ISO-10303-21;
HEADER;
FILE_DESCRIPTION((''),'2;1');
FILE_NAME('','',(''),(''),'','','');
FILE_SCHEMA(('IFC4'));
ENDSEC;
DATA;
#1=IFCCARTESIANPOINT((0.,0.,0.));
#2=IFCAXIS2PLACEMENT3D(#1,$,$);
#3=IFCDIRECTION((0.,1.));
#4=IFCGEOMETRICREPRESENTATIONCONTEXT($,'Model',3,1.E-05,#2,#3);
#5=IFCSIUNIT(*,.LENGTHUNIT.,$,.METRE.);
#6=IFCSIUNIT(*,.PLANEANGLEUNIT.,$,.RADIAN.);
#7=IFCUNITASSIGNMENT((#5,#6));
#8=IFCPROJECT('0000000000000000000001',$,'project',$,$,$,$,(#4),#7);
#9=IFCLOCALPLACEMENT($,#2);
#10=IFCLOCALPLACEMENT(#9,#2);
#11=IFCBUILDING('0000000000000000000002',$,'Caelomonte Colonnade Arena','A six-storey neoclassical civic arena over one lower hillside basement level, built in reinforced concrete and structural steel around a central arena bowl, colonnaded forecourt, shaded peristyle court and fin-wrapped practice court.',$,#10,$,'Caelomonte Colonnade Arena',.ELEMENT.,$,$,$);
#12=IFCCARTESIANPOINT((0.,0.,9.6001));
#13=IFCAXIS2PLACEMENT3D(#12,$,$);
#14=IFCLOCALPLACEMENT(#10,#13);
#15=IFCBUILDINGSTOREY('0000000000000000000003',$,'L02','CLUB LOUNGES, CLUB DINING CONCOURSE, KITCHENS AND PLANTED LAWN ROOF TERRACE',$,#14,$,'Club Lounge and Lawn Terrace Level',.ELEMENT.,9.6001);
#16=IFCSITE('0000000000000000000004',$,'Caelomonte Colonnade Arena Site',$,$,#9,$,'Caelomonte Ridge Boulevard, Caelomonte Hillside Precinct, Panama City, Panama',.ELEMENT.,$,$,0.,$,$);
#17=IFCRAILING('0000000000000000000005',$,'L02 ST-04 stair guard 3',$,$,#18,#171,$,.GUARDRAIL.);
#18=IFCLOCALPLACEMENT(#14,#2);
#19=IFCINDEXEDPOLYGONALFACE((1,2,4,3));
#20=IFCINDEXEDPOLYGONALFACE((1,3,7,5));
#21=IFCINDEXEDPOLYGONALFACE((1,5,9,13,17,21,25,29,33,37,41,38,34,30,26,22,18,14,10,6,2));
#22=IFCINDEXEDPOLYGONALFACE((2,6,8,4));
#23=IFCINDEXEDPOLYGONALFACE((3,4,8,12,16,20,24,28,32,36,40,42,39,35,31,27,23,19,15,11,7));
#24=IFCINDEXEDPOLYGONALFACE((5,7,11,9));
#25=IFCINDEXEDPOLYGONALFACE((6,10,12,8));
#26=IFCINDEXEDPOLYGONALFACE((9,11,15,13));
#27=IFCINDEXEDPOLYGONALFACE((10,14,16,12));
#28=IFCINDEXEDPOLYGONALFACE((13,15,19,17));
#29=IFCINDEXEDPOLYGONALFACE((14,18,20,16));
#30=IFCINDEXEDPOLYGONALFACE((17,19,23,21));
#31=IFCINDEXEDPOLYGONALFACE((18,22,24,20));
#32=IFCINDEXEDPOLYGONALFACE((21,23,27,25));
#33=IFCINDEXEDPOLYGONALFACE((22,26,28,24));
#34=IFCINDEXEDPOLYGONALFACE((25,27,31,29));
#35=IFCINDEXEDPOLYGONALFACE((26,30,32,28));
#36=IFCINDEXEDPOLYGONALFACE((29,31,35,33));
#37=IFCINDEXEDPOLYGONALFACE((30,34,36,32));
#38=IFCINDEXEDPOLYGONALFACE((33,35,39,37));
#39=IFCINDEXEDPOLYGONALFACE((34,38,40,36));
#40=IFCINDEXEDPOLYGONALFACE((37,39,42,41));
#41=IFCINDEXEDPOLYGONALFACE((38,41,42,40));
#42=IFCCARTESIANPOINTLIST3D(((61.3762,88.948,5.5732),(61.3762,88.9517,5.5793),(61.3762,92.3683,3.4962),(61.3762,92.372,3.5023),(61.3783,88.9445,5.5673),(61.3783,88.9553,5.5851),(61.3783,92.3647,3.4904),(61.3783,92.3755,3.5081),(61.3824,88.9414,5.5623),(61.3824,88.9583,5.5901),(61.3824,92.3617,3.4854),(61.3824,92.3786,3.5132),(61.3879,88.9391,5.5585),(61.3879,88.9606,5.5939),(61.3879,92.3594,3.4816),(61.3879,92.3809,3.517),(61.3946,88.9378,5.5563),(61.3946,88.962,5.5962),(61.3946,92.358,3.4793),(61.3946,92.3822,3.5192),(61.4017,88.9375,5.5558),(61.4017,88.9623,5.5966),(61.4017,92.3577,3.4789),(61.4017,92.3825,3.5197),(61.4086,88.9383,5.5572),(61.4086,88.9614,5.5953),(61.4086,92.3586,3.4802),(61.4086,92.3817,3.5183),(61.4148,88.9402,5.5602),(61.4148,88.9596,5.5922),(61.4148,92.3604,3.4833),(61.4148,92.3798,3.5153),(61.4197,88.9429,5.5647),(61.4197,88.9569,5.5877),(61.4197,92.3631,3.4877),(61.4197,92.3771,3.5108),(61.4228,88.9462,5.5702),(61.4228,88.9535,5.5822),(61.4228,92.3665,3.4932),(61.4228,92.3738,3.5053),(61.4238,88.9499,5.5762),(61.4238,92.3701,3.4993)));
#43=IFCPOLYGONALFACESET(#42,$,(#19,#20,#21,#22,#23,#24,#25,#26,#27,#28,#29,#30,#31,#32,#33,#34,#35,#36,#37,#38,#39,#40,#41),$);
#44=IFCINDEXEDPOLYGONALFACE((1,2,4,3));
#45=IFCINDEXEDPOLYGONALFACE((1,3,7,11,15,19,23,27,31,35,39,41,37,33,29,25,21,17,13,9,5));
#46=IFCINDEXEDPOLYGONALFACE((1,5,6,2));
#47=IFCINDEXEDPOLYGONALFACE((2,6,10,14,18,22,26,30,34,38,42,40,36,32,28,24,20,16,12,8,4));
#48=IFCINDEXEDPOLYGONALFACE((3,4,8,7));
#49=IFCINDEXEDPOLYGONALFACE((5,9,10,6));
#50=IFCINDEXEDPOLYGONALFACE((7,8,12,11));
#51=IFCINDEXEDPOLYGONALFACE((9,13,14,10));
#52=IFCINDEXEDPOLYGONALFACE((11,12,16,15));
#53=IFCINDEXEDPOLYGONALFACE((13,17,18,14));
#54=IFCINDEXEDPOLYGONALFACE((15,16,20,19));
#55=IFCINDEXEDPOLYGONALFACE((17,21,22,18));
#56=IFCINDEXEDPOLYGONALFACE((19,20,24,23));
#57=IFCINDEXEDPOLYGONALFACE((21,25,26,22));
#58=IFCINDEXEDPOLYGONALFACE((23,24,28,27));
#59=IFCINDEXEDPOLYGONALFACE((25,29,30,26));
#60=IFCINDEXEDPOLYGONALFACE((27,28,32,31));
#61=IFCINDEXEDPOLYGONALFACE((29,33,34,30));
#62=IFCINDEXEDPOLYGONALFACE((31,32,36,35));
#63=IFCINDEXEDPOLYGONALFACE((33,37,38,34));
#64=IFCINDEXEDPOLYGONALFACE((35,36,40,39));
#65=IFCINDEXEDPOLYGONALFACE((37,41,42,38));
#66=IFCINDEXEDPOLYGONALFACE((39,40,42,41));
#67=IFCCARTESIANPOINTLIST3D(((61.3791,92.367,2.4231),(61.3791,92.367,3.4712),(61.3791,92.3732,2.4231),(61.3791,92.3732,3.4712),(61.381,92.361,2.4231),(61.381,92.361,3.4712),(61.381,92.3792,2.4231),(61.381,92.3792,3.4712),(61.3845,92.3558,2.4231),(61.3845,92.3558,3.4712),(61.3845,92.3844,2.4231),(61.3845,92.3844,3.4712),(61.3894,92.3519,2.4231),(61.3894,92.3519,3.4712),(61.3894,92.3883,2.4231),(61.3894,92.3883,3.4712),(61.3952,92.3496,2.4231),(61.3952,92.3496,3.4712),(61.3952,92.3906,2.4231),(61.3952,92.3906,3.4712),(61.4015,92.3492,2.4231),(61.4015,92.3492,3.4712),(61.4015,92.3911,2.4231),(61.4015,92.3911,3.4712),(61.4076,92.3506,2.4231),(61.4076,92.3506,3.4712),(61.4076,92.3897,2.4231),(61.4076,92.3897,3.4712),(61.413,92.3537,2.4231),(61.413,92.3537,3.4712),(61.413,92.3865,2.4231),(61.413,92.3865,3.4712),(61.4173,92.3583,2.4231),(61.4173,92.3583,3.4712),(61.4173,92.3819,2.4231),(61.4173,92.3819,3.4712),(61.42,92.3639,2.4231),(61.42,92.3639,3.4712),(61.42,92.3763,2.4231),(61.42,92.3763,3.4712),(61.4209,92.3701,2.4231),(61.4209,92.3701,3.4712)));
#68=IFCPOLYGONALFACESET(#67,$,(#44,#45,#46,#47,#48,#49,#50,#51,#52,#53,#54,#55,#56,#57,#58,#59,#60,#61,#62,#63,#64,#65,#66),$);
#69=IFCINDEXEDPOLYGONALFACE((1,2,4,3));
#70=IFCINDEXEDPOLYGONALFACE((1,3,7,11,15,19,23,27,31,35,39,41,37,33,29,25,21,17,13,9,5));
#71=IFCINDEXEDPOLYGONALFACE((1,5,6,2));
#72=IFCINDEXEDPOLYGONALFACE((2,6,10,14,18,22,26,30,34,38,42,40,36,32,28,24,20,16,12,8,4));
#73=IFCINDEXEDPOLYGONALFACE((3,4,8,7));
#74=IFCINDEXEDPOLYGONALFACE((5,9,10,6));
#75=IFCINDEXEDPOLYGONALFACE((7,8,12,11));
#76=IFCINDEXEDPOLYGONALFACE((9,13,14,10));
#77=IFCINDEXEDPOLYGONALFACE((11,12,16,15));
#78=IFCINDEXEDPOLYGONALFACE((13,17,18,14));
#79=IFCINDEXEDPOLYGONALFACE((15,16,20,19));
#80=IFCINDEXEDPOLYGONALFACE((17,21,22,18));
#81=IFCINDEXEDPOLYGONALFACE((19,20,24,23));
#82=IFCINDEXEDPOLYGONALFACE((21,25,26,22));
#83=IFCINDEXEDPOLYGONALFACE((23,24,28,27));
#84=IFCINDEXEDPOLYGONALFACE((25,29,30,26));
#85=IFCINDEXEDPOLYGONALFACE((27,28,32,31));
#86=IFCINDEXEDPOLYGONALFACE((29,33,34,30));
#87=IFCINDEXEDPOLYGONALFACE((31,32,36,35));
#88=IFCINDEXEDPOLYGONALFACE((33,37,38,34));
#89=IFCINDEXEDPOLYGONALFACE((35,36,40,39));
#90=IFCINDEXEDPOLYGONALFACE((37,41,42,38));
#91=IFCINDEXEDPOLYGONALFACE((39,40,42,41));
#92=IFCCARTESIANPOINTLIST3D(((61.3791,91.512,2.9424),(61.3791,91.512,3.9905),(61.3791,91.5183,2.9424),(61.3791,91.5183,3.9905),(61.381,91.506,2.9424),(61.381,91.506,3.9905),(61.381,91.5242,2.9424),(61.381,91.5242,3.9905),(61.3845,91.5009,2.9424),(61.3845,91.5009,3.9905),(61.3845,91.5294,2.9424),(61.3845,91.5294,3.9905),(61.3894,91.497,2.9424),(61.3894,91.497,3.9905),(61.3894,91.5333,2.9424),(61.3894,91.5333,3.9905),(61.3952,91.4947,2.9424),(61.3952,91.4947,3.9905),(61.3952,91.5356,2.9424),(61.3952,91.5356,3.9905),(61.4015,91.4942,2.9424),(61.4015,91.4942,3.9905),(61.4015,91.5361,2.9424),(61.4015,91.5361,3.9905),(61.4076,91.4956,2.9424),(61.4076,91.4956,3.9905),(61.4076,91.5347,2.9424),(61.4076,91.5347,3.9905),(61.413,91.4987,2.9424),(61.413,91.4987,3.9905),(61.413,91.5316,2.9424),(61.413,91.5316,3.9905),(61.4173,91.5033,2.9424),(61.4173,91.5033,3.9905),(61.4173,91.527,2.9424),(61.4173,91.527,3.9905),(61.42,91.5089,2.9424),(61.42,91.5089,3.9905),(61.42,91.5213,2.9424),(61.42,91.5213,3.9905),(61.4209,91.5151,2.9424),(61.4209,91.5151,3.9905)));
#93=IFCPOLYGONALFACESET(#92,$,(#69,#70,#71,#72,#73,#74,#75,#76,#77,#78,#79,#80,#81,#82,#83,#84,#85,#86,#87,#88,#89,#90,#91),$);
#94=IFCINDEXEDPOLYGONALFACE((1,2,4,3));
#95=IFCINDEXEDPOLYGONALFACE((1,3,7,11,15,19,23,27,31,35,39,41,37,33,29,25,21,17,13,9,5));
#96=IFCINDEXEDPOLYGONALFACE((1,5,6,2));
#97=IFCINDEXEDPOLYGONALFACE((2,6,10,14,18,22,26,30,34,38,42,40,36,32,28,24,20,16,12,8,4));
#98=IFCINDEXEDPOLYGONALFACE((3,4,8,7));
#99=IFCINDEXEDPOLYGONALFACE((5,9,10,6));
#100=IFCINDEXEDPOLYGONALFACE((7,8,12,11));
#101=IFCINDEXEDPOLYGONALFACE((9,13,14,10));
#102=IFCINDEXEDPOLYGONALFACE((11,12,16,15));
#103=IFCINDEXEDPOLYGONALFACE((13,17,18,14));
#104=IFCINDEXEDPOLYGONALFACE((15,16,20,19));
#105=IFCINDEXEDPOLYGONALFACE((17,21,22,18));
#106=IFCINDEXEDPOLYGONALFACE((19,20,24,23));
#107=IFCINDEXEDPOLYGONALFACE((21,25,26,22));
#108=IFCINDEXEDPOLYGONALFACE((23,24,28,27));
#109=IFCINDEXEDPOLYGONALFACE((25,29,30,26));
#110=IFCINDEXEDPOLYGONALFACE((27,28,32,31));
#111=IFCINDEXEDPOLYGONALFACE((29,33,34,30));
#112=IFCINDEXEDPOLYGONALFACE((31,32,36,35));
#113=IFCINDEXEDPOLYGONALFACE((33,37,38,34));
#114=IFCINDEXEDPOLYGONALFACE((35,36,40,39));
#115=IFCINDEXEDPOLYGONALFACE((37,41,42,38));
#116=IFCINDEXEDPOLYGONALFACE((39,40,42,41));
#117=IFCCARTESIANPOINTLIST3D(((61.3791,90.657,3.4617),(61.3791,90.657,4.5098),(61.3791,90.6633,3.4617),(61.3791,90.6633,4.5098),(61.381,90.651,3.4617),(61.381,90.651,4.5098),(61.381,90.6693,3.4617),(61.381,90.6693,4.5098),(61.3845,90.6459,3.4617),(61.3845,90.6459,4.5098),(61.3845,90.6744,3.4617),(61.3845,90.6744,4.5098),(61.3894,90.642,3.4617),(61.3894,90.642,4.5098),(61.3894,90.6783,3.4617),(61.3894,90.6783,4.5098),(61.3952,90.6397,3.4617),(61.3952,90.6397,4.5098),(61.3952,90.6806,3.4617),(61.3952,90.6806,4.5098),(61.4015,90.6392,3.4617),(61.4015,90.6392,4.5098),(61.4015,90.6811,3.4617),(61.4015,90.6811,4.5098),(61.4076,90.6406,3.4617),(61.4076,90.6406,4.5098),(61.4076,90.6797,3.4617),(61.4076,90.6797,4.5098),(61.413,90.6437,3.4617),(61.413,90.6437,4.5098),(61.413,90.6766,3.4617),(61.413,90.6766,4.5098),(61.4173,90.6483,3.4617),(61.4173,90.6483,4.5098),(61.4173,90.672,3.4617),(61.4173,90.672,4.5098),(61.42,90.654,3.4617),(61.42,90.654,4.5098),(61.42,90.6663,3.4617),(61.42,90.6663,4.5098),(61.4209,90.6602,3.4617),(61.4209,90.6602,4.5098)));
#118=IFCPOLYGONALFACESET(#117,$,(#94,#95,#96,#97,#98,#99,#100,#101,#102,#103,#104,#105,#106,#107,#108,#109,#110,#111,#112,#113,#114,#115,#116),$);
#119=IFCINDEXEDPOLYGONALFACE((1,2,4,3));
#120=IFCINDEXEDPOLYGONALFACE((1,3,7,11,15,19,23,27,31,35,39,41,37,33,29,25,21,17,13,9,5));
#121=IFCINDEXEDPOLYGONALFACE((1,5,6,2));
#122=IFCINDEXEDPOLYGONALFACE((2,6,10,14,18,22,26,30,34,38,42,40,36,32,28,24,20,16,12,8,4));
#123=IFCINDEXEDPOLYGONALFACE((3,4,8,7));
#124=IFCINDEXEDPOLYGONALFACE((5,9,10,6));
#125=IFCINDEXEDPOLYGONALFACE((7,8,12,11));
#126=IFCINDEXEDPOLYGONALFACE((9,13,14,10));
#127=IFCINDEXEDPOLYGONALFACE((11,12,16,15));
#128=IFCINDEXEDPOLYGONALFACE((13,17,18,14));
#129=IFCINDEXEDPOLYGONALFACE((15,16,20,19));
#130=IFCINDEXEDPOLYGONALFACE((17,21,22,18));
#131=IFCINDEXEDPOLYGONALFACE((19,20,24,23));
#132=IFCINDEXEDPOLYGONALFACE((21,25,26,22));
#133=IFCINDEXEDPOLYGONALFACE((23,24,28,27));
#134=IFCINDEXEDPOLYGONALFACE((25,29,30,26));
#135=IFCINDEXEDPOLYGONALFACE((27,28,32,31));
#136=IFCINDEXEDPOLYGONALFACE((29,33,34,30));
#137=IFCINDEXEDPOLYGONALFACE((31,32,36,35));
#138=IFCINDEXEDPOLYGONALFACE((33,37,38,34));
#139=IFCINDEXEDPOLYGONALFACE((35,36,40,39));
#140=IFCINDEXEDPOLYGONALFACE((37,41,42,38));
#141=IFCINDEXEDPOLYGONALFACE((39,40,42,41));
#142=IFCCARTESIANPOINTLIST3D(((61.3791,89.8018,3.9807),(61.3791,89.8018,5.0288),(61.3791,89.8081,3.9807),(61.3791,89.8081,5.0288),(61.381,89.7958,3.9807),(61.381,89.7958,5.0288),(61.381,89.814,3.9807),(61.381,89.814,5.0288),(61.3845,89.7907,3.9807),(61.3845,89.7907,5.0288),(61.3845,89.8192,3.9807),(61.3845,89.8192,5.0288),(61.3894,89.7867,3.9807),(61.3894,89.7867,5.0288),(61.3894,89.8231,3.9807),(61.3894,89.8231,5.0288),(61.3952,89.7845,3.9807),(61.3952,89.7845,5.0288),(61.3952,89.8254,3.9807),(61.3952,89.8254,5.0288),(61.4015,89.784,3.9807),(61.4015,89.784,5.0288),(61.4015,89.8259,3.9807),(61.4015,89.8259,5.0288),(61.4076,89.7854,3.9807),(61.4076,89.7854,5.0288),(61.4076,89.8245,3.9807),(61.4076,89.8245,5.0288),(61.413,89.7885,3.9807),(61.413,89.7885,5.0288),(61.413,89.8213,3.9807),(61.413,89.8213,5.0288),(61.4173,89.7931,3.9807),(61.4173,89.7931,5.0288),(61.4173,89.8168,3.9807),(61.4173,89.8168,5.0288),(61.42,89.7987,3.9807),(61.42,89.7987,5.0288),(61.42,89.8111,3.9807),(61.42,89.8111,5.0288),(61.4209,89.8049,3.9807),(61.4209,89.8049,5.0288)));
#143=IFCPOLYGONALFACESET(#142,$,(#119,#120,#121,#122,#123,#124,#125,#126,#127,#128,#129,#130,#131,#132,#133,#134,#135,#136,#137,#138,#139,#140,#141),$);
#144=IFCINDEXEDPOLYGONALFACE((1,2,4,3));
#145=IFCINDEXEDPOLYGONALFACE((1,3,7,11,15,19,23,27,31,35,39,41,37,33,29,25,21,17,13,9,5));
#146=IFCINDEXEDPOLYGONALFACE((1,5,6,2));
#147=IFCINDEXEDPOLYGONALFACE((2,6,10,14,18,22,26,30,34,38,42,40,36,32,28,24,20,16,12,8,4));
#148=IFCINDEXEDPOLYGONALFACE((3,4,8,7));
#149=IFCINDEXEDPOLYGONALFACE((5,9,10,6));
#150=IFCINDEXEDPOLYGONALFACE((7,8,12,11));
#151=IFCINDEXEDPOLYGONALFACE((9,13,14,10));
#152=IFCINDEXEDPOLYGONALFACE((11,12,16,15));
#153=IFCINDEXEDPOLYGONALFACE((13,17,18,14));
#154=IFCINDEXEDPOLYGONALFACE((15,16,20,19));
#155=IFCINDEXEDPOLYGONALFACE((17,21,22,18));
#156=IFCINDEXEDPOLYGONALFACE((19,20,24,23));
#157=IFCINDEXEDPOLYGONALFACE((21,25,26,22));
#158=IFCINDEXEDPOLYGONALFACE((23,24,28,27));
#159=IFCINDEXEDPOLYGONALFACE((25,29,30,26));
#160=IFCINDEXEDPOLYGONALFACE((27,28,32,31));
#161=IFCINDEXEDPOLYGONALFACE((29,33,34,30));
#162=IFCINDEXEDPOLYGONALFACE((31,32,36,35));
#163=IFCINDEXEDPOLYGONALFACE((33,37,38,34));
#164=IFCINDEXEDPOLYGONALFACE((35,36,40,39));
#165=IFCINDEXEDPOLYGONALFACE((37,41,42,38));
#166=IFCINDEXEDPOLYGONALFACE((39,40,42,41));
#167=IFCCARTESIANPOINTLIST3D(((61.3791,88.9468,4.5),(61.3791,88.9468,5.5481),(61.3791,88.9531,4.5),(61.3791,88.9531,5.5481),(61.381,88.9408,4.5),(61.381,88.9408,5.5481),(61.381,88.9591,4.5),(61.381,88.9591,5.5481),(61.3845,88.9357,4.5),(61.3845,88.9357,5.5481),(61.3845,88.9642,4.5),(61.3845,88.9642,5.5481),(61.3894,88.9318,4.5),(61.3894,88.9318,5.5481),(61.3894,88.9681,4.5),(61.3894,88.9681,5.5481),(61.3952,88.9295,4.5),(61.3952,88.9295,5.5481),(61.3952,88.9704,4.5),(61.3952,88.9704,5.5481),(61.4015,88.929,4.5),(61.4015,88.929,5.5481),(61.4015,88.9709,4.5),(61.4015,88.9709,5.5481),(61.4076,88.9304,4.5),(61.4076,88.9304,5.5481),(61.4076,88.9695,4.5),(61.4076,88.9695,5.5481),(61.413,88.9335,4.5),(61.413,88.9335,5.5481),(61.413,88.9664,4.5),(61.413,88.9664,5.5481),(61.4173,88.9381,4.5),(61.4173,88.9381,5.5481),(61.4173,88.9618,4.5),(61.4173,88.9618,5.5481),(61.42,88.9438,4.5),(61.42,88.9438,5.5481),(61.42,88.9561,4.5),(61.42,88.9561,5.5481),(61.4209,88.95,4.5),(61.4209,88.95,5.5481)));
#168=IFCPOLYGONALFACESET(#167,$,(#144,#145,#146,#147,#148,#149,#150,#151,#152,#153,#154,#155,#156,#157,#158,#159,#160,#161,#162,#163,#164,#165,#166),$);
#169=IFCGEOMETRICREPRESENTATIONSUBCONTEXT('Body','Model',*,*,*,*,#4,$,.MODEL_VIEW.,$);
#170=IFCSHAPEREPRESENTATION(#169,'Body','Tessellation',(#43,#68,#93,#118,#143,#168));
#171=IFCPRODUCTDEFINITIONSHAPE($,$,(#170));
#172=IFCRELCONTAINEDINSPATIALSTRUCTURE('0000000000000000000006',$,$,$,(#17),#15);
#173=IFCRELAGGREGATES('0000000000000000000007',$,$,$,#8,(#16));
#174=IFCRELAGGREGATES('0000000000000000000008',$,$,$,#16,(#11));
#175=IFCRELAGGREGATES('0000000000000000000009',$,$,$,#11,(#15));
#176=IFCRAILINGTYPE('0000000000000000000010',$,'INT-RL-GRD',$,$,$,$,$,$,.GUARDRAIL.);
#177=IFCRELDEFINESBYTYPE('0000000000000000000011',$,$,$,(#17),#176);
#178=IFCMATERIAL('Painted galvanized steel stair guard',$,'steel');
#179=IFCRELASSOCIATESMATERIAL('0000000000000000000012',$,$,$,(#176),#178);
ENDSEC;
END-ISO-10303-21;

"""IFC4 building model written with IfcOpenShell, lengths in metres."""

from ifc_helpers import new_model, si_unit, direction, frame, origin, origin_2d, place, context, subcontext, project, spatial, circle, extrude, material, type_object, element, save


model = new_model("IFC4")

# Units and contexts
model_context = context("Model", 3, precision=1e-05, world=origin(), true_north=direction((0.0, 1.0)))
body_context = subcontext(model_context, "Body", "Model", "MODEL_VIEW")
ifc_project = project(units=[si_unit("LENGTHUNIT", "METRE"), si_unit("PLANEANGLEUNIT", "RADIAN")], contexts=[model_context])

# Site, building, storey
site_placement = place(None, origin())
site = spatial("IfcSite", under=ifc_project, at=site_placement, Name="Caelomonte Colonnade Arena Site", LongName="Caelomonte Ridge Boulevard, Caelomonte Hillside Precinct, Panama City, Panama", CompositionType="ELEMENT", RefElevation=0.0)
building_placement = place(site_placement, origin())
building = spatial("IfcBuilding", under=site, at=building_placement, Name="Caelomonte Colonnade Arena", Description="A six-storey neoclassical civic arena over one lower hillside basement level, built in reinforced concrete and structural steel around a central arena bowl, colonnaded forecourt, shaded peristyle court and fin-wrapped practice court.", LongName="Caelomonte Colonnade Arena", CompositionType="ELEMENT")
storey_placement = place(building_placement, frame((0.0, 0.0, 9.6001)))
storey = spatial("IfcBuildingStorey", under=building, at=storey_placement, Name="L02", Description="CLUB LOUNGES, CLUB DINING CONCOURSE, KITCHENS AND PLANTED LAWN ROOF TERRACE", LongName="Club Lounge and Lawn Terrace Level", CompositionType="ELEMENT", Elevation=9.6001)

# Railing
ifc_material_1 = material(Name="Painted galvanized steel stair guard", Category="steel")
railing_type_1 = type_object("IfcRailingType", Name="INT-RL-GRD", PredefinedType="GUARDRAIL", material=ifc_material_1)
railing_1_placement = place(storey_placement, frame((61.3999, 92.3701, 2.4231)))
element("IfcRailing", 1, at=railing_1_placement, inside=storey, type_object=railing_type_1, Name="L02 ST-04 stair guard 3", PredefinedType="GUARDRAIL", context=body_context, shape_type="SweptSolid", body=[
    extrude(circle(Radius=0.0239, at=origin_2d()), frame((0.0, 0.0, 1.0762), z_axis=(0.0, -0.854746, 0.519047), x_axis=(1.0, 0.0, 0.0)), (0.0, 0.0, 1.0), 4.0015),
    extrude(circle(Radius=0.021, at=origin_2d()), origin(), (0.0, 0.0, 1.0), 1.0481),
    extrude(circle(Radius=0.021, at=origin_2d()), frame((0.0, -0.855, 0.5193)), (0.0, 0.0, 1.0), 1.0481),
    extrude(circle(Radius=0.021, at=origin_2d()), frame((0.0, -1.71, 1.0386)), (0.0, 0.0, 1.0), 1.0481),
    extrude(circle(Radius=0.021, at=origin_2d()), frame((0.0, -2.5652, 1.5576)), (0.0, 0.0, 1.0), 1.0481),
    extrude(circle(Radius=0.021, at=origin_2d()), frame((0.0, -3.4202, 2.0769)), (0.0, 0.0, 1.0), 1.0481),
])

save(model, "model.ifc")
